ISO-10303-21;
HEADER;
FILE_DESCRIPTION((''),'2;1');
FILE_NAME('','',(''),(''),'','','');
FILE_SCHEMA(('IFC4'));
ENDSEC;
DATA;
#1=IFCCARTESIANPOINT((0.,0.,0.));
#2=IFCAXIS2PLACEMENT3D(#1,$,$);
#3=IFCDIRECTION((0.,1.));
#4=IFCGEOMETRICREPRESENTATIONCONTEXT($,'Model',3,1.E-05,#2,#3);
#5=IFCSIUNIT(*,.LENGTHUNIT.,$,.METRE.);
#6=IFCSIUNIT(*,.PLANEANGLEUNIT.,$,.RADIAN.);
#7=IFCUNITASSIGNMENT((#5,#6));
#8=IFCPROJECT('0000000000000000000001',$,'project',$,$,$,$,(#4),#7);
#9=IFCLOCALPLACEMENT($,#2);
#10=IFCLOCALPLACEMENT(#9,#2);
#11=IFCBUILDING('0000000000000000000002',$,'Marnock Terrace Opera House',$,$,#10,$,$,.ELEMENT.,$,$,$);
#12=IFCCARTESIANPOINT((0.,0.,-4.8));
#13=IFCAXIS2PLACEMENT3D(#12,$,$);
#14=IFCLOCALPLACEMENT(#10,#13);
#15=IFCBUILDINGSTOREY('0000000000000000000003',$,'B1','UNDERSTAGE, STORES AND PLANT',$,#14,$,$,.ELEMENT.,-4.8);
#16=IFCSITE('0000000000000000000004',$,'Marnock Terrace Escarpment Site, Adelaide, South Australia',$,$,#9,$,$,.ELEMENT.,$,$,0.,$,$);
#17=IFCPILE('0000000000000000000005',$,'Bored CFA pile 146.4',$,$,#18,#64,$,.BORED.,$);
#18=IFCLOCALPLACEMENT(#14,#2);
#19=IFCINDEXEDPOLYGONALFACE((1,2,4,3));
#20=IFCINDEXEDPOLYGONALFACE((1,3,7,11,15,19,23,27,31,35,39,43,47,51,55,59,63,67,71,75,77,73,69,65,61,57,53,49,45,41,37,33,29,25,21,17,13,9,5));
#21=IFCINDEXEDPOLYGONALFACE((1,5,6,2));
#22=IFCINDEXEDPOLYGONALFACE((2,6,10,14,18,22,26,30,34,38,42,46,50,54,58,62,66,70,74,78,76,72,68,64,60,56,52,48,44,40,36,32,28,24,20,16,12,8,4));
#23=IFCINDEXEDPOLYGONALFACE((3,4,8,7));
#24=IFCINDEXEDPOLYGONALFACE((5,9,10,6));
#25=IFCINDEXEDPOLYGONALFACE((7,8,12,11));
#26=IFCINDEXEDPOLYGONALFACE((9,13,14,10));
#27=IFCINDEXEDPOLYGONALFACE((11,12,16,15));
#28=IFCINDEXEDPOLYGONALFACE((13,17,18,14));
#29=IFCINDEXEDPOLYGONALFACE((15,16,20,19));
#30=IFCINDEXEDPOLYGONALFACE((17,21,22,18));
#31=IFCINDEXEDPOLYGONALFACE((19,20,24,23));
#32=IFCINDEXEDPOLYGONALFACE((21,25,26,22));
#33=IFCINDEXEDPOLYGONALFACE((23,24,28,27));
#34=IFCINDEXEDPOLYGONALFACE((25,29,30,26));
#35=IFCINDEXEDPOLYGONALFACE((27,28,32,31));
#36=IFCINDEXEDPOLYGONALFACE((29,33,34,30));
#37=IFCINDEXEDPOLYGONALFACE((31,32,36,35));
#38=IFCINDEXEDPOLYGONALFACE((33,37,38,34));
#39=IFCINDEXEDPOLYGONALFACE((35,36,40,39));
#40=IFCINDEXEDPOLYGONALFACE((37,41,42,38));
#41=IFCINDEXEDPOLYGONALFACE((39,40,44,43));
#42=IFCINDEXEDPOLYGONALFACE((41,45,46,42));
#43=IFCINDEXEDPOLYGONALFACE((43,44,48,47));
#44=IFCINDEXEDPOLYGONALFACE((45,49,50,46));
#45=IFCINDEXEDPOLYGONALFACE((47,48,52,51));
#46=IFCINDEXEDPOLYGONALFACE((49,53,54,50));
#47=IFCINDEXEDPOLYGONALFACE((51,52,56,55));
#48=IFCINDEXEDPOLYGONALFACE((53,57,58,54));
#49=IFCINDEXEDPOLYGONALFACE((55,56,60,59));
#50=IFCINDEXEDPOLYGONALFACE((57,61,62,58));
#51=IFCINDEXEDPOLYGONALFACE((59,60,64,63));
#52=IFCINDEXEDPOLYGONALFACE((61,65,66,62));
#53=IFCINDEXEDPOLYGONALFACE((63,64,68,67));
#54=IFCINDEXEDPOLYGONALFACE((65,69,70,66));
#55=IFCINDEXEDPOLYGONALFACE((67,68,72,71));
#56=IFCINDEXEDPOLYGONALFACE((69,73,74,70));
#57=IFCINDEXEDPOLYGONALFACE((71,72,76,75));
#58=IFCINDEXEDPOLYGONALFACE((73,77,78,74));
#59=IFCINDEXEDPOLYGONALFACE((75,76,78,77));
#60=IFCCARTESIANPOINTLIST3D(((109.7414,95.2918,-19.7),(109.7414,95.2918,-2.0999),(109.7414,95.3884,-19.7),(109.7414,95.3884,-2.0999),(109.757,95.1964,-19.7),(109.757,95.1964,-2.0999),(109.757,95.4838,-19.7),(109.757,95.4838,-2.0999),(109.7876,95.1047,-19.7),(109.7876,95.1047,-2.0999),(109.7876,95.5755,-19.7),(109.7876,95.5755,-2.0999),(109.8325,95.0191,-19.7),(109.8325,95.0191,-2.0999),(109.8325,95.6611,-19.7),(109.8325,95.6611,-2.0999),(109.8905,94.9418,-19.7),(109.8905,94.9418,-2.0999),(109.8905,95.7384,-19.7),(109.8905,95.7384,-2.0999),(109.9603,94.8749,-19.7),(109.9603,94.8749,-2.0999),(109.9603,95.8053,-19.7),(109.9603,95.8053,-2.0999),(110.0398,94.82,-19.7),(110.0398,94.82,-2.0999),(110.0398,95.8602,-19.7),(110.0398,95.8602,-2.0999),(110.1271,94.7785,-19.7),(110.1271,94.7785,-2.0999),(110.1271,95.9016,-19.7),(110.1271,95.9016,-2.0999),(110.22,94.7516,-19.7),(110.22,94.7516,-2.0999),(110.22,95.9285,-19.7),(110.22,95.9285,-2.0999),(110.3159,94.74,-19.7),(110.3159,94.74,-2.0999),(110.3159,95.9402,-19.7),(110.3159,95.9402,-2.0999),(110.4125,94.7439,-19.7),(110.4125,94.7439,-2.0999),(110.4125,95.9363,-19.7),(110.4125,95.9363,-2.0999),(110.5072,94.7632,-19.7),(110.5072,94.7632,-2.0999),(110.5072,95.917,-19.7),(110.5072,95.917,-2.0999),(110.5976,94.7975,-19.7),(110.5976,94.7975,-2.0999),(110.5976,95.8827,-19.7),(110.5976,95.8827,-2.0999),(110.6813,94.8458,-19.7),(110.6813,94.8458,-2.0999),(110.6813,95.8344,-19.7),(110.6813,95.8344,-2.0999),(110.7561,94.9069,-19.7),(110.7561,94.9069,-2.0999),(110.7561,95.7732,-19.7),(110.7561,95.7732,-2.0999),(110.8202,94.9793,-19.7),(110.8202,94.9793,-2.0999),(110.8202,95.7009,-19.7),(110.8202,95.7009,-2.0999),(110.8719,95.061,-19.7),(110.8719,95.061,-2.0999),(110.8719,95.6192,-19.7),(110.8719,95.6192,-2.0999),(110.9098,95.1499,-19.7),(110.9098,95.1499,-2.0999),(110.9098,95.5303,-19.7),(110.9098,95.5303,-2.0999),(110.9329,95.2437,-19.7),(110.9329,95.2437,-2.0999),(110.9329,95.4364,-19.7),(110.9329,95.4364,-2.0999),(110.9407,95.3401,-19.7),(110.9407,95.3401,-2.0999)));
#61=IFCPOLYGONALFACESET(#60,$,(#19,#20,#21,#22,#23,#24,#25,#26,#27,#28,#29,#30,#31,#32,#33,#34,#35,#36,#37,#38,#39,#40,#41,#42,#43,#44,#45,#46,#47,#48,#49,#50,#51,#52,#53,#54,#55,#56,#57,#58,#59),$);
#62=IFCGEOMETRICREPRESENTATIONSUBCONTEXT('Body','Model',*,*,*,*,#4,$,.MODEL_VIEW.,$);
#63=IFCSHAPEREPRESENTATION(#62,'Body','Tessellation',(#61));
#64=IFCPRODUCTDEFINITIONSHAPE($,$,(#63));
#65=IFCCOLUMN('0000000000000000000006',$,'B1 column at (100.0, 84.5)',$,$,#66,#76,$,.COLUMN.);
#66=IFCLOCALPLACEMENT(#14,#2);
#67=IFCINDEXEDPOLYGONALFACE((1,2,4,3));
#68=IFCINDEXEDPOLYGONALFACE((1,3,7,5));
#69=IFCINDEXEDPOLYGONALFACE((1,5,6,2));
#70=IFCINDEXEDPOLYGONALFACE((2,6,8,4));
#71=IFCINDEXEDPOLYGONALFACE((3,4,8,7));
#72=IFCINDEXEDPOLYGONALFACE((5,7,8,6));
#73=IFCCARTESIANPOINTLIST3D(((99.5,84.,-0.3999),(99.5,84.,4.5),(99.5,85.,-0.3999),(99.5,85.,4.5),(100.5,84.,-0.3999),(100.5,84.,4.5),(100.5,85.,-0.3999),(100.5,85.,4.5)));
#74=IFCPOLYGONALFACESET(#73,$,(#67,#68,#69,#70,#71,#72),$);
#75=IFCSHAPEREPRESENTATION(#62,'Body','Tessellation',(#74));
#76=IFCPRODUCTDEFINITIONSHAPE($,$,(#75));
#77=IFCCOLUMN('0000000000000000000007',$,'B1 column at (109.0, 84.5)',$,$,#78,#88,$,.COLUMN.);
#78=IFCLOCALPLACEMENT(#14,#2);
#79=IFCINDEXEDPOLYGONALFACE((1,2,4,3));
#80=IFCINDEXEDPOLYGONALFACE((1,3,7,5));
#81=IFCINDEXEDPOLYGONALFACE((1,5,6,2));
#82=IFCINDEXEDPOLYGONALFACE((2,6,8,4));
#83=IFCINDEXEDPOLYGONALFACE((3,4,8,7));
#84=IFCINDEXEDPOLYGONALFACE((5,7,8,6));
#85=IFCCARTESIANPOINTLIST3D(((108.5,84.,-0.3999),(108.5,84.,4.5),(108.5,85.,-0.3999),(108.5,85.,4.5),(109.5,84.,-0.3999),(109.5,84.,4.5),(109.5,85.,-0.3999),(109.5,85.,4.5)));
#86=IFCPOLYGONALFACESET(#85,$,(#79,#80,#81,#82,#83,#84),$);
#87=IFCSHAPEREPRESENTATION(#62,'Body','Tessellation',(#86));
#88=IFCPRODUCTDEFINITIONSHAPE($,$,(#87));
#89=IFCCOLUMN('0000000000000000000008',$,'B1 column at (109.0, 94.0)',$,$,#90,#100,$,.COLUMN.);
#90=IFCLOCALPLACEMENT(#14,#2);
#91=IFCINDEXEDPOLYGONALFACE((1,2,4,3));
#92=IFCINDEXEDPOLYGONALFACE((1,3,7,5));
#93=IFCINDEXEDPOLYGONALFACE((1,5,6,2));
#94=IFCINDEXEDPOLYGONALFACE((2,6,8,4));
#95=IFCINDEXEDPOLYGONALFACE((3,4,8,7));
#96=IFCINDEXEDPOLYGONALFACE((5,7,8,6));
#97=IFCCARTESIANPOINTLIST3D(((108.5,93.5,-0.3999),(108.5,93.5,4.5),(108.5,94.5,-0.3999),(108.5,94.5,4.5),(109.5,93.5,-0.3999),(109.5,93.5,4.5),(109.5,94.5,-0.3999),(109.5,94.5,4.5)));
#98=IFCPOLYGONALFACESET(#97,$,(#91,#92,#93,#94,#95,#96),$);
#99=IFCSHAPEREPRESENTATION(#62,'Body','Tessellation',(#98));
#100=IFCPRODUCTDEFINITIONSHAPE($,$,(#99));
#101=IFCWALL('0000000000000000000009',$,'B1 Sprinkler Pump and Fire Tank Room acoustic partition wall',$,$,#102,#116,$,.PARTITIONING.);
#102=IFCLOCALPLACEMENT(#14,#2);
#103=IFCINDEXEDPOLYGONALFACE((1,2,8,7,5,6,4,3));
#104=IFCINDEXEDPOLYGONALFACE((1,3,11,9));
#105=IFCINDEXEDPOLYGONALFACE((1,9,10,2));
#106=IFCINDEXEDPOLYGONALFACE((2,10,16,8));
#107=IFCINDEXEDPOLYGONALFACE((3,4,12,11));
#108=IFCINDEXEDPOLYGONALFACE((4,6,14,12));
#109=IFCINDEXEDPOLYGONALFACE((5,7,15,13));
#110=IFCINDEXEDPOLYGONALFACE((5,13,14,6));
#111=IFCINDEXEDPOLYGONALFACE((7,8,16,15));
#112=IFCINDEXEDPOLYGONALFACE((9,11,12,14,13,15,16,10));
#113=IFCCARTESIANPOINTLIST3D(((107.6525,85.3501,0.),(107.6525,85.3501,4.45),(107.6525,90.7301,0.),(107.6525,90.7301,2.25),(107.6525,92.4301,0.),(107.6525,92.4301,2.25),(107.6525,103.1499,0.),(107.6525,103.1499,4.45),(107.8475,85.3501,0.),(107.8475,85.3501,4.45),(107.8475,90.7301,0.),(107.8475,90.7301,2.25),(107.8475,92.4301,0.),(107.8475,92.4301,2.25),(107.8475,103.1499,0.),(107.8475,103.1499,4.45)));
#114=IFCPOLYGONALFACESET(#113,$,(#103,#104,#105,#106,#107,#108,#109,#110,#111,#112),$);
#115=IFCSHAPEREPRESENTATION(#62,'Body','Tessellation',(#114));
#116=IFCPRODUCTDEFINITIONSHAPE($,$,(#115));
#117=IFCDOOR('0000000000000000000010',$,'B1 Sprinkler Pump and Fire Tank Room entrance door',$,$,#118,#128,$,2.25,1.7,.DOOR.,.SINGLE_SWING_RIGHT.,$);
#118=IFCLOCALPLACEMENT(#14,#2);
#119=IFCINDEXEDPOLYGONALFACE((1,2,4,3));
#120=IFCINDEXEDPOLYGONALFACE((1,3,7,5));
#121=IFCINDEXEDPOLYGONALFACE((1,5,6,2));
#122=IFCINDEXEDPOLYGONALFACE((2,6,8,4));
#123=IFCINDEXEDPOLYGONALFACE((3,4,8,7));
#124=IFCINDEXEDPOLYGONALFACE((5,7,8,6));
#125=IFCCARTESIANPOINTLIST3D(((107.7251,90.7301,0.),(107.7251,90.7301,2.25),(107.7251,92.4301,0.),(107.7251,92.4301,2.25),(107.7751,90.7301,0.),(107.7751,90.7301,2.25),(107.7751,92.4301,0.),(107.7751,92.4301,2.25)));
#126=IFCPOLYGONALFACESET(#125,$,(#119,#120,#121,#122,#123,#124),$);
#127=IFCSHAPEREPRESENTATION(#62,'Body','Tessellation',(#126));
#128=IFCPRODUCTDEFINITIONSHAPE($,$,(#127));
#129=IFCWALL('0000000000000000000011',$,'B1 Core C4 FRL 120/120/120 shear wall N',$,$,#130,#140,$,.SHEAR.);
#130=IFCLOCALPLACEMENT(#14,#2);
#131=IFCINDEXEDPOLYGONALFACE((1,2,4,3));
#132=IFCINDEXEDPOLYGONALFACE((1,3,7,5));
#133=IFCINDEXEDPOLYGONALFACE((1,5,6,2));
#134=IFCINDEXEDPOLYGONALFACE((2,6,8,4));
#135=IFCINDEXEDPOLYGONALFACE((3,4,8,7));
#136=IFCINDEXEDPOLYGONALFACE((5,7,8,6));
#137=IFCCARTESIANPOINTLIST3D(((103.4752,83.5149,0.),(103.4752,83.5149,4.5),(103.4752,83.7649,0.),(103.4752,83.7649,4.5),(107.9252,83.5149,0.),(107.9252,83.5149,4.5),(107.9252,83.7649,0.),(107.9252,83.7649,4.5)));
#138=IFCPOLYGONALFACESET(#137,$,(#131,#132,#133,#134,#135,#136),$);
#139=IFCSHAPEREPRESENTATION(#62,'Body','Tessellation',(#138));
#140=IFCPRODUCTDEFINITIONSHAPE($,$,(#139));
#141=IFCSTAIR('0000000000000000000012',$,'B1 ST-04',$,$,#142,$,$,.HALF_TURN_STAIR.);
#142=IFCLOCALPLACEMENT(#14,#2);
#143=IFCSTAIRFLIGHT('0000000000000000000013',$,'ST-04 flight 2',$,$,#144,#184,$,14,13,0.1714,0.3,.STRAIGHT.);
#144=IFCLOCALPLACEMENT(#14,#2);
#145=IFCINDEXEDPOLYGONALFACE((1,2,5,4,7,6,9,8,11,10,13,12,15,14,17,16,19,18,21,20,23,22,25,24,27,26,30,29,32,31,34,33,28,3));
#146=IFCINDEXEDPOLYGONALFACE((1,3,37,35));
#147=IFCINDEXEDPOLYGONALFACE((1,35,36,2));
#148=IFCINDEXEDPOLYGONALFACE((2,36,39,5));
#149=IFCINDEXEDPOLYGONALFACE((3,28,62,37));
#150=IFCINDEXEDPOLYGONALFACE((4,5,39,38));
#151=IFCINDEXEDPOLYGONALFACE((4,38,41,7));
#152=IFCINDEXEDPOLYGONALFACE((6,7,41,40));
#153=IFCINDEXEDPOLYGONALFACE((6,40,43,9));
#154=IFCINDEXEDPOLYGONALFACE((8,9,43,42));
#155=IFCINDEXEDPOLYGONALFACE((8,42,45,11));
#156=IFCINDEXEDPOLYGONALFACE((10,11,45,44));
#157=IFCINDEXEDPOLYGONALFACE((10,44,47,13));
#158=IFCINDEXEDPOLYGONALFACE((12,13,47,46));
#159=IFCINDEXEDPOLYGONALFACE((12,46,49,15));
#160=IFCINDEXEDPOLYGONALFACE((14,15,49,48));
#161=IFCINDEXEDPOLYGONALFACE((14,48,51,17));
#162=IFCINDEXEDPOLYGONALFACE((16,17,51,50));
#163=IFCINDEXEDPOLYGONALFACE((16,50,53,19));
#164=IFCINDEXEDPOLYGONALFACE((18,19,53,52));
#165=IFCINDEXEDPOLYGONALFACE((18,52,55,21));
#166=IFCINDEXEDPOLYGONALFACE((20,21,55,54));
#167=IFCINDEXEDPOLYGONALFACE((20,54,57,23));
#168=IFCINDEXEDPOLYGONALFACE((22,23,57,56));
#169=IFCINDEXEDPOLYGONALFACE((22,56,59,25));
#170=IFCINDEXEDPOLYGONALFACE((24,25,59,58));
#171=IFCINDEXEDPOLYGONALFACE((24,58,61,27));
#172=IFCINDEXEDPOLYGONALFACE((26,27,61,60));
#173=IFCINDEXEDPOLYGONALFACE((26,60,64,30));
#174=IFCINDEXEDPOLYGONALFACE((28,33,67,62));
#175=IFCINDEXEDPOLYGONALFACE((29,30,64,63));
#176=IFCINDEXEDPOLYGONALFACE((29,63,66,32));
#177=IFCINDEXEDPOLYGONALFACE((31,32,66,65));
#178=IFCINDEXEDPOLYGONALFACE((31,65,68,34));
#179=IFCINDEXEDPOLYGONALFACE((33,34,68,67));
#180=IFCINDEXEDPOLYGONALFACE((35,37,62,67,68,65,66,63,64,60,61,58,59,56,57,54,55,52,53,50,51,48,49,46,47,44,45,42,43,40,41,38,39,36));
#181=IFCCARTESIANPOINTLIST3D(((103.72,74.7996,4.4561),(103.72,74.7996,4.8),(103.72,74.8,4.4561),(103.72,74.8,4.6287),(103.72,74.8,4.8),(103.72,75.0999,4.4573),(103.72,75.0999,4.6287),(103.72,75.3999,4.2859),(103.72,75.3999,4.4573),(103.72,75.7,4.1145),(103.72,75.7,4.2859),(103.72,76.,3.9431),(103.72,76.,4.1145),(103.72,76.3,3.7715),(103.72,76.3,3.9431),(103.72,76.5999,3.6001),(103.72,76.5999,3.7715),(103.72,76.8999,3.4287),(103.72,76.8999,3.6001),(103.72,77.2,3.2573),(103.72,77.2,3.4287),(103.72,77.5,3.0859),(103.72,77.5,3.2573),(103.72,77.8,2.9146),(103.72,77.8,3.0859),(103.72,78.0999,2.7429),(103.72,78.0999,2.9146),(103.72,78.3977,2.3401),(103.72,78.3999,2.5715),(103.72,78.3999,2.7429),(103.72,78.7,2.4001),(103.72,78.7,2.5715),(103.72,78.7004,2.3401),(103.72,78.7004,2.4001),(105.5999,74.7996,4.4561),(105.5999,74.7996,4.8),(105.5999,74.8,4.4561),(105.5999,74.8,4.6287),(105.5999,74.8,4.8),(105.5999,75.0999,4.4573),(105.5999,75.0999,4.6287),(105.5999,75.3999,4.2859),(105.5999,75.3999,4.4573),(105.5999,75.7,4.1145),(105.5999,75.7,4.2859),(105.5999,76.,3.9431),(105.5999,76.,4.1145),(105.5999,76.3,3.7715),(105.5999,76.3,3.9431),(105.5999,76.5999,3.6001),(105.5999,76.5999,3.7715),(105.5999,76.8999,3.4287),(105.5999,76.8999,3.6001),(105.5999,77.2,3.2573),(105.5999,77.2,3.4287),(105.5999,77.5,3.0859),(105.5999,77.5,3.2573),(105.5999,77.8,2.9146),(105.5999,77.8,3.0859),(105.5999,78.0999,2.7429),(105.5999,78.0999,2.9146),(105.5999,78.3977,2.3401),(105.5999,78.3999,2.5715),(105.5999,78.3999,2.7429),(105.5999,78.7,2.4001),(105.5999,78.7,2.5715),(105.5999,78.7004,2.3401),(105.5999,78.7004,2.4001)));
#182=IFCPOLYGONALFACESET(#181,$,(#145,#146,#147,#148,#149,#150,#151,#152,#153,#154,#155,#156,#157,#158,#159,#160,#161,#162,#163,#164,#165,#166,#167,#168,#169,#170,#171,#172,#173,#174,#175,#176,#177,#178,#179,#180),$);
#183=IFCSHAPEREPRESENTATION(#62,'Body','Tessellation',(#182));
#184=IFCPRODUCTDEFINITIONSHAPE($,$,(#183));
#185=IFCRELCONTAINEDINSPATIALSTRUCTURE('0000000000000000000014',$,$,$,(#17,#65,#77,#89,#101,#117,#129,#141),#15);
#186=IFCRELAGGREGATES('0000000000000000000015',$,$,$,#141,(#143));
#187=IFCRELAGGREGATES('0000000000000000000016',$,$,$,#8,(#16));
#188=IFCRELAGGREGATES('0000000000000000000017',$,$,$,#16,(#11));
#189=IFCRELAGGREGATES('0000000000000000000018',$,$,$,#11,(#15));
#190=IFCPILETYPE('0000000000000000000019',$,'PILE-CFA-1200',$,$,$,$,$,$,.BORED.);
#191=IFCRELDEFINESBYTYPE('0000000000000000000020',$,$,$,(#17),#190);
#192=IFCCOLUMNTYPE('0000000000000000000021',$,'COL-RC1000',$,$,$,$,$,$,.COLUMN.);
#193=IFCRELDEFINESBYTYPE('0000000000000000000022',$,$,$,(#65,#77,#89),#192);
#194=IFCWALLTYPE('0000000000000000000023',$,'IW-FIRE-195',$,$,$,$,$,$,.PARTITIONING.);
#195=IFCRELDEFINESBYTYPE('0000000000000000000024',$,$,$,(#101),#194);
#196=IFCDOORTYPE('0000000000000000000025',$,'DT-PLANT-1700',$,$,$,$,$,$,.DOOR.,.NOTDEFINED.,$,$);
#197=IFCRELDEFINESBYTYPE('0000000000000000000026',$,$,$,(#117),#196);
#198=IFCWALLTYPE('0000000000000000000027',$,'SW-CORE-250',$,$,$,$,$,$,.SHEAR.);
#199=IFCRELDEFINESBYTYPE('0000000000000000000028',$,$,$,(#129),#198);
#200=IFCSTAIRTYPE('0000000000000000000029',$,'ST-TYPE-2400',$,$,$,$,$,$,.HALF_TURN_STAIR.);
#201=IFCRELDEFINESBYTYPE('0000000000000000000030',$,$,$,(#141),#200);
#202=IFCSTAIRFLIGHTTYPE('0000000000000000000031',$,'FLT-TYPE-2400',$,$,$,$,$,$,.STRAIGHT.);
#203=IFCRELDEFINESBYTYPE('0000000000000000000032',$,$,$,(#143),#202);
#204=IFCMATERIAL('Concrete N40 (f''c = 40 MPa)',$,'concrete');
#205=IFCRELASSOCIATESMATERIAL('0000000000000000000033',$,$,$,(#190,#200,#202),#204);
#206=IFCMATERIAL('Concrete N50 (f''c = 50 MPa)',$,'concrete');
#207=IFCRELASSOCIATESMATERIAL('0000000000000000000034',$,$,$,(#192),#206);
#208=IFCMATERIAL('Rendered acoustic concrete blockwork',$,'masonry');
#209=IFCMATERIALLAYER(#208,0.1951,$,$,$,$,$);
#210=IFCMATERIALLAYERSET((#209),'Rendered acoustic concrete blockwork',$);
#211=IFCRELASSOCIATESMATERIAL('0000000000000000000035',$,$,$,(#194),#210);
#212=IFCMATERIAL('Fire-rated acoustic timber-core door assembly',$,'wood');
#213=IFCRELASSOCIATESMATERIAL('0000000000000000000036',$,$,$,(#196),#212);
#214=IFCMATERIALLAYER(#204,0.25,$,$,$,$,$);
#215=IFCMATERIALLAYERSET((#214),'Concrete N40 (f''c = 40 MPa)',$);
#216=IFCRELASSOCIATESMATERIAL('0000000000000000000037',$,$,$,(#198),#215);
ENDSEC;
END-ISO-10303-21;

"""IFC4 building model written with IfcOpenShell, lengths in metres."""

from ifc_helpers import new_model, si_unit, direction, frame, frame_2d, origin, origin_2d, place, context, subcontext, project, spatial, polyline, rectangle, circle, outline, extrude, material, layer, layer_set, material_profile, profile_set, type_object, element, fill, aggregate, save


model = new_model("IFC4")

# Units and contexts
model_context = context("Model", 3, precision=1e-05, world=origin(), true_north=direction((0.0, 1.0)))
body_context = subcontext(model_context, "Body", "Model", "MODEL_VIEW")
ifc_project = project(units=[si_unit("LENGTHUNIT", "METRE"), si_unit("PLANEANGLEUNIT", "RADIAN")], contexts=[model_context])

# Site, building, storey
site_placement = place(None, origin())
site = spatial("IfcSite", under=ifc_project, at=site_placement, Name="Marnock Terrace Escarpment Site, Adelaide, South Australia", CompositionType="ELEMENT", RefElevation=0.0)
building_placement = place(site_placement, origin())
building = spatial("IfcBuilding", under=site, at=building_placement, Name="Marnock Terrace Opera House", CompositionType="ELEMENT")
storey_placement = place(building_placement, frame((0.0, 0.0, -4.8)))
storey = spatial("IfcBuildingStorey", under=building, at=storey_placement, Name="B1", Description="UNDERSTAGE, STORES AND PLANT", CompositionType="ELEMENT", Elevation=-4.8)

# Shared definitions
ifc_material_1 = material(Name="Concrete N40 (f'c = 40 MPa)", Category="concrete")

# Pile
ifc_material_profile_1 = material_profile(ifc_material_1, circle(Radius=0.6006, at=origin_2d()))
ifc_profile_set_1 = profile_set([ifc_material_profile_1], Name="Concrete N40 (f'c = 40 MPa)")
pile_type = type_object("IfcPileType", Name="PILE-CFA-1200", PredefinedType="BORED", material=ifc_profile_set_1)
for number, where, z_axis, x_axis, name in (
    (1, (110.3401, 95.3401, -2.0999), (0.0, 0.0, -1.0), (1.0, 0.0, 0.0), "Bored CFA pile 146.4"),
):
    element("IfcPile", number, at=place(storey_placement, frame(where, z_axis=z_axis, x_axis=x_axis)), inside=storey, type_object=pile_type, Name=name, PredefinedType="BORED", context=body_context, shape_type="SweptSolid", body=[
        extrude(circle(Radius=0.6006, at=origin_2d()), origin(), (0.0, 0.0, 1.0), 17.6001),
    ])

# Columns
ifc_material_2 = material(Name="Concrete N50 (f'c = 50 MPa)", Category="concrete")
ifc_material_profile_2 = material_profile(ifc_material_2, rectangle(XDim=1.0, YDim=1.0, at=origin_2d()))
ifc_profile_set_2 = profile_set([ifc_material_profile_2], Name="Concrete N50 (f'c = 50 MPa)")
column_type = type_object("IfcColumnType", Name="COL-RC1000", PredefinedType="COLUMN", material=ifc_profile_set_2)
for number, where, z_axis, x_axis, name in (
    (2, (100.0, 84.5, -0.3999), (0.0, 0.0, 1.0), (1.0, 0.0, 0.0), "B1 column at (100.0, 84.5)"),
    (3, (109.0, 84.5, -0.3999), (0.0, 0.0, 1.0), (1.0, 0.0, 0.0), "B1 column at (109.0, 84.5)"),
    (4, (109.0, 94.0, -0.3999), (0.0, 0.0, 1.0), (1.0, 0.0, 0.0), "B1 column at (109.0, 94.0)"),
):
    element("IfcColumn", number, at=place(storey_placement, frame(where, z_axis=z_axis, x_axis=x_axis)), inside=storey, type_object=column_type, Name=name, PredefinedType="COLUMN", context=body_context, shape_type="SweptSolid", body=[
        extrude(rectangle(XDim=1.0, YDim=1.0, at=origin_2d()), origin(), (0.0, 0.0, 1.0), 4.8999),
    ])

# Wall, opening, door
ifc_material_3 = material(Name="Rendered acoustic concrete blockwork", Category="masonry")
ifc_layer_1 = layer(ifc_material_3, 0.1951)
ifc_layer_set_1 = layer_set([ifc_layer_1], Name="Rendered acoustic concrete blockwork")
wall_type_1 = type_object("IfcWallType", Name="IW-FIRE-195", PredefinedType="PARTITIONING", material=ifc_layer_set_1)
wall_1_placement = place(storey_placement, frame((107.75, 85.3501, 0.0), z_axis=(0.0, 0.0, 1.0), x_axis=(0.0, 1.0, 0.0)))
wall_1 = element("IfcWall", 5, at=wall_1_placement, inside=storey, type_object=wall_type_1, Name="B1 Sprinkler Pump and Fire Tank Room acoustic partition wall", PredefinedType="PARTITIONING", context=body_context, shape_type="SweptSolid", body=[
    extrude(rectangle(XDim=17.7998, YDim=0.1951, at=frame_2d((8.8999, 0.0))), origin(), (0.0, 0.0, 1.0), 4.45),
])
opening_placement = place(wall_1_placement, frame((5.3799, 0.0, 0.0)))
opening = element("IfcOpeningElement", 6, at=opening_placement, cuts=wall_1, PredefinedType="OPENING", context=body_context, shape_type="SweptSolid", body=[
    extrude(rectangle(XDim=1.7, YDim=2.25, at=frame_2d((0.8501, 1.125))), frame((0.0, 0.1074, 0.0), z_axis=(0.0, -1.0, 0.0), x_axis=(1.0, 0.0, 0.0)), (0.0, 0.0, 1.0), 0.2151),
])
ifc_material_4 = material(Name="Fire-rated acoustic timber-core door assembly", Category="wood")
door_type = type_object("IfcDoorType", Name="DT-PLANT-1700", OperationType="NOTDEFINED", PredefinedType="DOOR", material=ifc_material_4)
door_placement = place(opening_placement, origin())
door = element("IfcDoor", 7, at=door_placement, inside=storey, type_object=door_type, Name="B1 Sprinkler Pump and Fire Tank Room entrance door", OperationType="SINGLE_SWING_RIGHT", OverallHeight=2.25, OverallWidth=1.7, PredefinedType="DOOR", context=body_context, shape_type="SweptSolid", body=[
    extrude(rectangle(XDim=1.7, YDim=2.25, at=frame_2d((0.8501, 1.125))), frame((0.0, 0.0249, 0.0), z_axis=(0.0, -1.0, 0.0), x_axis=(1.0, 0.0, 0.0)), (0.0, 0.0, 1.0), 0.05),
])
fill(opening, door)

# Wall
ifc_layer_2 = layer(ifc_material_1, 0.25)
ifc_layer_set_2 = layer_set([ifc_layer_2], Name="Concrete N40 (f'c = 40 MPa)")
wall_type_2 = type_object("IfcWallType", Name="SW-CORE-250", PredefinedType="SHEAR", material=ifc_layer_set_2)
wall_2_placement = place(storey_placement, frame((103.4751, 83.6399, 0.0), z_axis=(0.0, 0.0, 1.0), x_axis=(1.0, 0.0, 0.0)))
element("IfcWall", 8, at=wall_2_placement, inside=storey, type_object=wall_type_2, Name="B1 Core C4 FRL 120/120/120 shear wall N", PredefinedType="SHEAR", context=body_context, shape_type="SweptSolid", body=[
    extrude(rectangle(XDim=4.45, YDim=0.25, at=frame_2d((2.2251, 0.0))), origin(), (0.0, 0.0, 1.0), 4.5),
])

# Stair, stair flight
stair_type = type_object("IfcStairType", Name="ST-TYPE-2400", PredefinedType="HALF_TURN_STAIR", material=ifc_material_1)
stair_placement = place(storey_placement, origin())
stair = element("IfcStair", 9, at=stair_placement, inside=storey, type_object=stair_type, Name="B1 ST-04", PredefinedType="HALF_TURN_STAIR")
stair_flight_type = type_object("IfcStairFlightType", Name="FLT-TYPE-2400", PredefinedType="STRAIGHT", material=ifc_material_1)
stair_flight_placement = place(storey_placement, frame((104.6599, 78.7, 2.4001), z_axis=(0.0, 0.0, 1.0), x_axis=(0.0, -1.0, 0.0)))
stair_flight = element("IfcStairFlight", 10, at=stair_flight_placement, type_object=stair_flight_type, Name="ST-04 flight 2", NumberOfRisers=14, NumberOfTreads=13, PredefinedType="STRAIGHT", RiserHeight=0.1714, TreadLength=0.3, context=body_context, shape_type="SweptSolid", body=[
    extrude(outline(polyline([(-0.0005, -0.0601), (-0.0005, 0.0), (0.0, 0.0), (0.0, 0.1714), (0.3, 0.1714), (0.3, 0.3428), (0.6001, 0.3428), (0.6001, 0.5144), (0.8999, 0.5144), (0.8999, 0.6858), (1.2, 0.6858), (1.2, 0.8572), (1.5, 0.8572), (1.5, 1.0286), (1.8, 1.0286), (1.8, 1.2), (2.1001, 1.2), (2.1001, 1.3713), (2.3999, 1.3713), (2.3999, 1.543), (2.7, 1.543), (2.7, 1.7144), (3.0, 1.7144), (3.0, 1.8857), (3.3, 1.8857), (3.3, 2.0571), (3.6001, 2.0571), (3.6001, 2.2285), (3.8999, 2.2285), (3.8999, 2.3999), (3.9004, 2.3999), (3.9004, 2.0559), (3.8999, 2.0559), (0.3022, -0.0601), (-0.0005, -0.0601)])), frame((0.0, 0.9399, 0.0), z_axis=(0.0, -1.0, 0.0), x_axis=(1.0, 0.0, 0.0)), (0.0, 0.0, 1.0), 1.8799),
])
aggregate(stair, [stair_flight])

save(model, "model.ifc")
